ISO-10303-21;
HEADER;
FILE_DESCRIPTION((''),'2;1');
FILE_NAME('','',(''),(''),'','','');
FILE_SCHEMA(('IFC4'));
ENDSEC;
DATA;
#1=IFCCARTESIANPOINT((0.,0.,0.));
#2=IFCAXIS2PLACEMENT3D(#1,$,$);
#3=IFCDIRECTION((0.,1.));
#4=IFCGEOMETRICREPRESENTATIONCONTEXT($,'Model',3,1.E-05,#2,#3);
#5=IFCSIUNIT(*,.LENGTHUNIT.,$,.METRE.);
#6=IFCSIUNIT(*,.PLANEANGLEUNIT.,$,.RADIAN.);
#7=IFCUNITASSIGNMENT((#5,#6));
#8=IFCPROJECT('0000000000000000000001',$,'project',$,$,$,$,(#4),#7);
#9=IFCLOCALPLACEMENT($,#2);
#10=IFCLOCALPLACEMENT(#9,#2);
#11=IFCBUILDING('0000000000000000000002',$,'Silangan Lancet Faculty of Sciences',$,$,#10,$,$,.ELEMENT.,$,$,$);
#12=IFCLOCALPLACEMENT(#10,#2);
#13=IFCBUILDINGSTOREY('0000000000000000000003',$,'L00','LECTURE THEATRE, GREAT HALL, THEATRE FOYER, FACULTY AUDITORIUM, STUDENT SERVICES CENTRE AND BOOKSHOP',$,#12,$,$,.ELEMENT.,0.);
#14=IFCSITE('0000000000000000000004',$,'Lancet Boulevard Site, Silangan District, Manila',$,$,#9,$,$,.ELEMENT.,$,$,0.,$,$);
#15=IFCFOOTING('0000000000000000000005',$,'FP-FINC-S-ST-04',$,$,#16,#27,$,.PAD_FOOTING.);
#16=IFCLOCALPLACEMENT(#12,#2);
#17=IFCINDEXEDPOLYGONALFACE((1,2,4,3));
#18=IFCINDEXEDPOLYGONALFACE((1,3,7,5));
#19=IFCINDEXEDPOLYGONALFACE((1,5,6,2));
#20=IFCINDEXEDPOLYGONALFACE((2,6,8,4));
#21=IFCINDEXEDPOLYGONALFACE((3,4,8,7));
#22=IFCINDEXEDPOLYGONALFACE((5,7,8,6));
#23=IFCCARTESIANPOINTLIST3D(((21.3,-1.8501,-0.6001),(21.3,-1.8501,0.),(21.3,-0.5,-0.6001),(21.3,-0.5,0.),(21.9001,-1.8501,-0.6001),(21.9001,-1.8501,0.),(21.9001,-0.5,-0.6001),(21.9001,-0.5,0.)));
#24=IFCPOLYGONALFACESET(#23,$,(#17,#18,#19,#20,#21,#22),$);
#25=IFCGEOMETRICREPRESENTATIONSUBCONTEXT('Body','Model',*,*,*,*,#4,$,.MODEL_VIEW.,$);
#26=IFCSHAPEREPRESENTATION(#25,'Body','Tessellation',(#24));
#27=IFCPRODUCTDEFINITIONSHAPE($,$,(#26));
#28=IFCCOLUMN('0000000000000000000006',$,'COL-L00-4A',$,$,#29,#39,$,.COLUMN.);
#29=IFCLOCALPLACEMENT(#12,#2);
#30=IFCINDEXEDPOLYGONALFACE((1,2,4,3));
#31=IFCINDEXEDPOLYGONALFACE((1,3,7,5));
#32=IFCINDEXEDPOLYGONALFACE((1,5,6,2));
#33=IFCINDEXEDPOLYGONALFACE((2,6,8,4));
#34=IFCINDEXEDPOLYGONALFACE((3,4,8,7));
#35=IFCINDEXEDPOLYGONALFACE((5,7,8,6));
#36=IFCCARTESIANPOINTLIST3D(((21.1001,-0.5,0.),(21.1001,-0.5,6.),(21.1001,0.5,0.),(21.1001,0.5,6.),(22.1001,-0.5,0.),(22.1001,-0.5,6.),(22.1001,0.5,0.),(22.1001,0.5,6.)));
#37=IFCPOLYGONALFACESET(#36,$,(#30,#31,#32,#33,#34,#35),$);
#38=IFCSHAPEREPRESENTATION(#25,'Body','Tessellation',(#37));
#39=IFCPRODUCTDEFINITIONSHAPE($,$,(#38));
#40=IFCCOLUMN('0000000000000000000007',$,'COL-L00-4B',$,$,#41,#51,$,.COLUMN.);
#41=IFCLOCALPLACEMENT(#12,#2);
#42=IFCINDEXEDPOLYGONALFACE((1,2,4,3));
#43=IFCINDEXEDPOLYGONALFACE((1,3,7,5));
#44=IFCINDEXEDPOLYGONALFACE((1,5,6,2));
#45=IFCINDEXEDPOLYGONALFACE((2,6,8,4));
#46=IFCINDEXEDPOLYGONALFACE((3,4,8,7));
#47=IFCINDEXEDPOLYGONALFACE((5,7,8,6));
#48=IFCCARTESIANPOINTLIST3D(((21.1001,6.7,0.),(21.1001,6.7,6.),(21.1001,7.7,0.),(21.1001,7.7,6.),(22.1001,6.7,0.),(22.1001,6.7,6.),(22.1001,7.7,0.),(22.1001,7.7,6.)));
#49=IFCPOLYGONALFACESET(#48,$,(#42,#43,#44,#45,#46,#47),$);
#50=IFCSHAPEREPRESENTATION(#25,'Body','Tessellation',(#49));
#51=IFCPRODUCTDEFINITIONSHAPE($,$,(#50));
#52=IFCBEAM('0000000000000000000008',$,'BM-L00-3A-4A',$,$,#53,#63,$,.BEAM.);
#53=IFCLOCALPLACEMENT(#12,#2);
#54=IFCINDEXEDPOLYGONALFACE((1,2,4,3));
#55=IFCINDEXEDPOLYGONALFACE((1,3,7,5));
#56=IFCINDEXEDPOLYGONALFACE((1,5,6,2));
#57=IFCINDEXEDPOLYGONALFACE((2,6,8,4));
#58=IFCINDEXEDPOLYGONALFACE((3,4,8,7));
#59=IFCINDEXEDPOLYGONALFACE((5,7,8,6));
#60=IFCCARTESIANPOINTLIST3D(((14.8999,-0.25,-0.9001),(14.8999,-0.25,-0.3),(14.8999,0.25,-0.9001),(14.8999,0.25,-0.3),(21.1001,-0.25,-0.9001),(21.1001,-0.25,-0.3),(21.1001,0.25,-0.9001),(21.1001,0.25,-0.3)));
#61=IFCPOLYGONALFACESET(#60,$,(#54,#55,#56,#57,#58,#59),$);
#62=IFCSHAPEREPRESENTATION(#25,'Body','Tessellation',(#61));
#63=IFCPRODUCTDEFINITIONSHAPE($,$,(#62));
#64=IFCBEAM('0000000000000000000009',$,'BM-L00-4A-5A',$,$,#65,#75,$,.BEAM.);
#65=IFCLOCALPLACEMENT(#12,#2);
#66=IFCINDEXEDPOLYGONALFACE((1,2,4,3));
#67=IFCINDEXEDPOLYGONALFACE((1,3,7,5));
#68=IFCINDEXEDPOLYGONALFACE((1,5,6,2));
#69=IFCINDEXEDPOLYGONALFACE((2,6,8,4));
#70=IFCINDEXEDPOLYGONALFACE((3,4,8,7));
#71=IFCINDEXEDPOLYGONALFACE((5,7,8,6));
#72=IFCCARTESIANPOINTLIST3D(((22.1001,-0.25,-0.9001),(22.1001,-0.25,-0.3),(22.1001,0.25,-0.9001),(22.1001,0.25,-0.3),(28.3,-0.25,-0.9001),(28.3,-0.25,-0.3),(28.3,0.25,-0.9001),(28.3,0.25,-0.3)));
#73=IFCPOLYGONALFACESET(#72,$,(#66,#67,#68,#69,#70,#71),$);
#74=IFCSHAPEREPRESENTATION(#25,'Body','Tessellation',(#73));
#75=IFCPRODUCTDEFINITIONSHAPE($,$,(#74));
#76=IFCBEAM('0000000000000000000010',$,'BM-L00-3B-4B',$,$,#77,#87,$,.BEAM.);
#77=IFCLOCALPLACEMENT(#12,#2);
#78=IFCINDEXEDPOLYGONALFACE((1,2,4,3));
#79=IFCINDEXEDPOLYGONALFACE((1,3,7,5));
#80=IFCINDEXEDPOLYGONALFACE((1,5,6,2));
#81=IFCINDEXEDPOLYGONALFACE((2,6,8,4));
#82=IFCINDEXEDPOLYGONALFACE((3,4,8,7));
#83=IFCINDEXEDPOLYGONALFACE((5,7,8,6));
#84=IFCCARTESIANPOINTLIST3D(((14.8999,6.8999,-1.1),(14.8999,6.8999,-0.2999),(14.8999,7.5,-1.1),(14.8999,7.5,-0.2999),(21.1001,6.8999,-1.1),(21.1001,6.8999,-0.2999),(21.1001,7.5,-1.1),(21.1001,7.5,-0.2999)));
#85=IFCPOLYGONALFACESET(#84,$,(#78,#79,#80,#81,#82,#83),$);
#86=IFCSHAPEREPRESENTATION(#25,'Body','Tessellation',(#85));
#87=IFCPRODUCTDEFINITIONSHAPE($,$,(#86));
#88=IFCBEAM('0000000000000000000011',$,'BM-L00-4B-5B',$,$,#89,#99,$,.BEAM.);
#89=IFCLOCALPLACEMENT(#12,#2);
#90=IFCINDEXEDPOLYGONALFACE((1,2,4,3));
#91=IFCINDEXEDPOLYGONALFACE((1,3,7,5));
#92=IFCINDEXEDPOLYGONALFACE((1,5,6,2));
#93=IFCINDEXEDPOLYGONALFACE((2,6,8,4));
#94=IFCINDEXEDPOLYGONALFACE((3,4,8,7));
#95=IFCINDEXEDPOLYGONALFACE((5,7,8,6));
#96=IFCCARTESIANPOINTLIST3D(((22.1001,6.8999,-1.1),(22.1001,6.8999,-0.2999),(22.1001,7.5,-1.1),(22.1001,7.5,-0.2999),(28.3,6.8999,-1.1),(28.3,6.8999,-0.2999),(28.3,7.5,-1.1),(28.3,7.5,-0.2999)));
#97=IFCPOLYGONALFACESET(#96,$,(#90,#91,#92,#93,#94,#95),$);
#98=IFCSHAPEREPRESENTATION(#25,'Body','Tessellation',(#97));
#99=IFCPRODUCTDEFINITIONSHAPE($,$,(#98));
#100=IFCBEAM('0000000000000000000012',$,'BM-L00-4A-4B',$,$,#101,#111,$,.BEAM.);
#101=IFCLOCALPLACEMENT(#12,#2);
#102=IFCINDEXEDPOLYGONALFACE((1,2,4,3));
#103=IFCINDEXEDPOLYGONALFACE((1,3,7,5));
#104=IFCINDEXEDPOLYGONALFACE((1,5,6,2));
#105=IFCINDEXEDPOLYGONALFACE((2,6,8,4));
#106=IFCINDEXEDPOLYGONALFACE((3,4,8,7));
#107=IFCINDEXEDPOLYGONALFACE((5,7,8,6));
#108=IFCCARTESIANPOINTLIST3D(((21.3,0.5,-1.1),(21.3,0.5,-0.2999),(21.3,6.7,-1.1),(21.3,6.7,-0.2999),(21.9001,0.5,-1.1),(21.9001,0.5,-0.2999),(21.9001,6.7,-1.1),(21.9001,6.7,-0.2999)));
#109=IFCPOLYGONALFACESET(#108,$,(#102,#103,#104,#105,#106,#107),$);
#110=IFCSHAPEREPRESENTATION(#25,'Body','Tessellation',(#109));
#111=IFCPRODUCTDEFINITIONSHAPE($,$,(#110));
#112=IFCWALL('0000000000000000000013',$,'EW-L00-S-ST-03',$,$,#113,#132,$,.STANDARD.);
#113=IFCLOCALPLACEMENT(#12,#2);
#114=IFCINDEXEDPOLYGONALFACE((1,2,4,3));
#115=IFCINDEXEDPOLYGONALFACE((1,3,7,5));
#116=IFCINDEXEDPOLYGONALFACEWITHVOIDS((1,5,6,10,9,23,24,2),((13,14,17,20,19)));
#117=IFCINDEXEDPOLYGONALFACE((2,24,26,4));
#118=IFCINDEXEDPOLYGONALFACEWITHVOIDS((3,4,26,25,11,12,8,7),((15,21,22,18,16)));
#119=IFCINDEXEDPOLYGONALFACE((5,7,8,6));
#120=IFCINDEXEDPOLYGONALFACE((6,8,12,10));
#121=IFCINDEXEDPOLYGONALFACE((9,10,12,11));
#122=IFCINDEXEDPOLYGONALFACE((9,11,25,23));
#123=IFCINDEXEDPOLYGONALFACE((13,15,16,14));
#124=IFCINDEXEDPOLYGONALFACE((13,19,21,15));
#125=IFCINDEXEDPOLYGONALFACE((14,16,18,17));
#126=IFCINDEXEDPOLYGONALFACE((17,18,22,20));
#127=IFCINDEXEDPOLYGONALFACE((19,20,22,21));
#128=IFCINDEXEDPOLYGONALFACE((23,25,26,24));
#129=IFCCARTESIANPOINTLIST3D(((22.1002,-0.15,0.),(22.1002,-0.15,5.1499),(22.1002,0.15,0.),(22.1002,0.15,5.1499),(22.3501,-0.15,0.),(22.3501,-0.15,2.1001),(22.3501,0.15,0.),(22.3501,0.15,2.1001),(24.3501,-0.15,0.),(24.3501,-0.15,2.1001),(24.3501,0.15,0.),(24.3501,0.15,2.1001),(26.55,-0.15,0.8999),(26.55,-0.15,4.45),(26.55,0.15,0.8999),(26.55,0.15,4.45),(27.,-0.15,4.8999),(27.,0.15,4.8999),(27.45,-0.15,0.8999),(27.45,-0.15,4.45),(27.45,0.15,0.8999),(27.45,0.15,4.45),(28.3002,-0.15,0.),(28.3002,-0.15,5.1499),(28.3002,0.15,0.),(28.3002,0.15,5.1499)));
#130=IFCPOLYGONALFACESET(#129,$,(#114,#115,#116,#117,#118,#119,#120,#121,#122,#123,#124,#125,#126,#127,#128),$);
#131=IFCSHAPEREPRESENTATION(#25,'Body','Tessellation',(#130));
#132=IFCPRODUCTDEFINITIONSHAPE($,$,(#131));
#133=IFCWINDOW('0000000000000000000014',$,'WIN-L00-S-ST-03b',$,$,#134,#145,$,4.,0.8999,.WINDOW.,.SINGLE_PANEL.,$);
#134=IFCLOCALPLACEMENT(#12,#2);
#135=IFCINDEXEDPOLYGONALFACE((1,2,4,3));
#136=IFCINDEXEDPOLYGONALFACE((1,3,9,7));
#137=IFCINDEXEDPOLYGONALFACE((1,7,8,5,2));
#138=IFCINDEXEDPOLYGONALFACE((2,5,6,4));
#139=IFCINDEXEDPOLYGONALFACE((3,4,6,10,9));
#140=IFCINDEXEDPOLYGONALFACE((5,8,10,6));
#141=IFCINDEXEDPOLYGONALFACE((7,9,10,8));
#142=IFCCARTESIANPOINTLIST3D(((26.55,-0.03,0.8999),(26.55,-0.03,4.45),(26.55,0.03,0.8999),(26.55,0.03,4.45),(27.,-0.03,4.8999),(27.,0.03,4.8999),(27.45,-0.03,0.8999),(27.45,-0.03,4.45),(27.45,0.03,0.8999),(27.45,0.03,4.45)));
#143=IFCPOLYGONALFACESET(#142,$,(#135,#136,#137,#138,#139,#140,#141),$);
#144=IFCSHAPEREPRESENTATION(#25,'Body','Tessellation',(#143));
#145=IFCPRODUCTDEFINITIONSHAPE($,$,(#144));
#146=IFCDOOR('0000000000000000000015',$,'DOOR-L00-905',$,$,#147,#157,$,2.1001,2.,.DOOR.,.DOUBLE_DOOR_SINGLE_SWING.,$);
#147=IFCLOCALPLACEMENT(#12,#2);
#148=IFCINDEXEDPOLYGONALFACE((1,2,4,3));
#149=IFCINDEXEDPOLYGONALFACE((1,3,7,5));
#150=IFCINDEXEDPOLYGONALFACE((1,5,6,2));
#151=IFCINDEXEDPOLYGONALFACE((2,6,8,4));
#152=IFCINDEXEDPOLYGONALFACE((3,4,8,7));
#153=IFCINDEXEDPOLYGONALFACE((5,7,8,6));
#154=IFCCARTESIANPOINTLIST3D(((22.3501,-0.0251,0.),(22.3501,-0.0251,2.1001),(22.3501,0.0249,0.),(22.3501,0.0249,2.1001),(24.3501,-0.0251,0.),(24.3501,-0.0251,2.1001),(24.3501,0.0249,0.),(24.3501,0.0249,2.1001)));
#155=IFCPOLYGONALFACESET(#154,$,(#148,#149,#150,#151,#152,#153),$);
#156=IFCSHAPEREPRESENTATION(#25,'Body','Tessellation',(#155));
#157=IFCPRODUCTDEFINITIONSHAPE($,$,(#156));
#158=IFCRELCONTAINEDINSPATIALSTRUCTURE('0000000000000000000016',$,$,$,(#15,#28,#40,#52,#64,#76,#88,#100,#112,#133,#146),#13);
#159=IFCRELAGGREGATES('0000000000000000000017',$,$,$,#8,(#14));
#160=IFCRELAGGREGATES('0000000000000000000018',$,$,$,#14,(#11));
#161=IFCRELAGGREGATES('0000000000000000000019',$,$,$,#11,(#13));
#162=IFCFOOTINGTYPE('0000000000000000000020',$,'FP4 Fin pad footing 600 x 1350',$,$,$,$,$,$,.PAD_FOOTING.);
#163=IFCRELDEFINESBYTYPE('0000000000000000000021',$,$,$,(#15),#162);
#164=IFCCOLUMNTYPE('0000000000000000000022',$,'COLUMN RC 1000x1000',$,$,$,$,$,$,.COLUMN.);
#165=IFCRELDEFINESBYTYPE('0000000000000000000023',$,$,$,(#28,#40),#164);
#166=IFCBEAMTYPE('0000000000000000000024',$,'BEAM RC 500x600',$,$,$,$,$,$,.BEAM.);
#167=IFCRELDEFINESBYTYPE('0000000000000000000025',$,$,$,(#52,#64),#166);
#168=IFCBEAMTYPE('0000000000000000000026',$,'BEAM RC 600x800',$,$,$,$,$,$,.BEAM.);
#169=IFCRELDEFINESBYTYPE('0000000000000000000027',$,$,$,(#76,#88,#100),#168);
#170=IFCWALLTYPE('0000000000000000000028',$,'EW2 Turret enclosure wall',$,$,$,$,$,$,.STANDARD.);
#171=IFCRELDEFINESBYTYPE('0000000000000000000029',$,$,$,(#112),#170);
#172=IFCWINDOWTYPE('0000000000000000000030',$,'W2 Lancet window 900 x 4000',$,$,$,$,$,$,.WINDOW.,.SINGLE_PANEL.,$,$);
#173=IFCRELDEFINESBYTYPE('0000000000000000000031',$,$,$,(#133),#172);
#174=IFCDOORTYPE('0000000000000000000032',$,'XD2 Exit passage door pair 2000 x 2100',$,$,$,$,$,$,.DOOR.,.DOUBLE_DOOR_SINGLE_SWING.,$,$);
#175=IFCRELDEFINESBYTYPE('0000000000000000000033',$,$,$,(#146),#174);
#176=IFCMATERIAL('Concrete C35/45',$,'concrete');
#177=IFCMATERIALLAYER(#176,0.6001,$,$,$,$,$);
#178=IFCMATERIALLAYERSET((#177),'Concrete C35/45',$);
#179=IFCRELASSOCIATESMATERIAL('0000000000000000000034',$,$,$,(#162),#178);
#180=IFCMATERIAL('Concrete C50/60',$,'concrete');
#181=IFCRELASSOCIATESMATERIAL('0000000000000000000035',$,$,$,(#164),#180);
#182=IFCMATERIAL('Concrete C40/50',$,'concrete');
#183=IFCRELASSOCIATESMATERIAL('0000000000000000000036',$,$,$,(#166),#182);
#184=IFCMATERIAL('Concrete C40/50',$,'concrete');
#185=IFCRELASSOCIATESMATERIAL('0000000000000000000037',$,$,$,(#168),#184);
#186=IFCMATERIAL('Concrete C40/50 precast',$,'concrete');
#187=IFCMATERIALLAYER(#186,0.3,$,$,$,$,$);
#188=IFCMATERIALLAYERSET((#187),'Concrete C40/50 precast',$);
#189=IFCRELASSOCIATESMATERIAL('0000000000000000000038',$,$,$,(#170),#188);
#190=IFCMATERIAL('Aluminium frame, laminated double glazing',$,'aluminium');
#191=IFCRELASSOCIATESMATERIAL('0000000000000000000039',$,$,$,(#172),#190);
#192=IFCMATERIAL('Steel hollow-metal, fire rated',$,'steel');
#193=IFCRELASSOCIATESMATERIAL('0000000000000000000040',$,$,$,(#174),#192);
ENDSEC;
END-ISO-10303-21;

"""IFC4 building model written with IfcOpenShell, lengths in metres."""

from ifc_helpers import new_model, si_unit, direction, frame, frame_2d, origin, origin_2d, place, context, subcontext, project, spatial, polyline, rectangle, outline, extrude, material, layer, layer_set, material_profile, profile_set, type_object, element, fill, save


model = new_model("IFC4")

# Units and contexts
model_context = context("Model", 3, precision=1e-05, world=origin(), true_north=direction((0.0, 1.0)))
body_context = subcontext(model_context, "Body", "Model", "MODEL_VIEW")
ifc_project = project(units=[si_unit("LENGTHUNIT", "METRE"), si_unit("PLANEANGLEUNIT", "RADIAN")], contexts=[model_context])

# Site, building, storey
site_placement = place(None, origin())
site = spatial("IfcSite", under=ifc_project, at=site_placement, Name="Lancet Boulevard Site, Silangan District, Manila", CompositionType="ELEMENT", RefElevation=0.0)
building_placement = place(site_placement, origin())
building = spatial("IfcBuilding", under=site, at=building_placement, Name="Silangan Lancet Faculty of Sciences", CompositionType="ELEMENT")
storey_placement = place(building_placement, origin())
storey = spatial("IfcBuildingStorey", under=building, at=storey_placement, Name="L00", Description="LECTURE THEATRE, GREAT HALL, THEATRE FOYER, FACULTY AUDITORIUM, STUDENT SERVICES CENTRE AND BOOKSHOP", CompositionType="ELEMENT", Elevation=0.0)

# Footing
ifc_material_1 = material(Name="Concrete C35/45", Category="concrete")
ifc_layer_1 = layer(ifc_material_1, 0.6001)
ifc_layer_set_1 = layer_set([ifc_layer_1], Name="Concrete C35/45")
footing_type = type_object("IfcFootingType", Name="FP4 Fin pad footing 600 x 1350", PredefinedType="PAD_FOOTING", material=ifc_layer_set_1)
footing_placement = place(storey_placement, frame((21.6001, -1.175, -0.6001), z_axis=(0.0, 0.0, 1.0), x_axis=(1.0, 0.0, 0.0)))
element("IfcFooting", 1, at=footing_placement, inside=storey, type_object=footing_type, Name="FP-FINC-S-ST-04", PredefinedType="PAD_FOOTING", context=body_context, shape_type="SweptSolid", body=[
    extrude(rectangle(XDim=0.6001, YDim=1.3501, at=origin_2d()), origin(), (0.0, 0.0, 1.0), 0.6001),
])

# Columns
ifc_material_2 = material(Name="Concrete C50/60", Category="concrete")
ifc_material_profile_1 = material_profile(ifc_material_2, rectangle(XDim=1.0, YDim=1.0, at=origin_2d()), Name="RC 1000x1000")
ifc_profile_set_1 = profile_set([ifc_material_profile_1], Name="Concrete C50/60")
column_type = type_object("IfcColumnType", Name="COLUMN RC 1000x1000", PredefinedType="COLUMN", material=ifc_profile_set_1)
for number, where, z_axis, x_axis, name in (
    (2, (21.6001, 0.0, 0.0), (0.0, 0.0, 1.0), (1.0, 0.0, 0.0), "COL-L00-4A"),
    (3, (21.6001, 7.2, 0.0), (0.0, 0.0, 1.0), (1.0, 0.0, 0.0), "COL-L00-4B"),
):
    element("IfcColumn", number, at=place(storey_placement, frame(where, z_axis=z_axis, x_axis=x_axis)), inside=storey, type_object=column_type, Name=name, PredefinedType="COLUMN", context=body_context, shape_type="SweptSolid", body=[
        extrude(rectangle(XDim=1.0, YDim=1.0, at=origin_2d()), origin(), (0.0, 0.0, 1.0), 6.0),
    ])

# Beams
ifc_material_3 = material(Name="Concrete C40/50", Category="concrete")
ifc_material_profile_2 = material_profile(ifc_material_3, rectangle(XDim=0.5, YDim=0.6001, at=origin_2d()), Name="RC 500x600")
ifc_profile_set_2 = profile_set([ifc_material_profile_2], Name="Concrete C40/50")
beam_type_1 = type_object("IfcBeamType", Name="BEAM RC 500x600", PredefinedType="BEAM", material=ifc_profile_set_2)
beam_1_placement = place(storey_placement, frame((14.8999, 0.0, -0.6001), z_axis=(1.0, 0.0, 0.0), x_axis=(0.0, 1.0, 0.0)))
element("IfcBeam", 4, at=beam_1_placement, inside=storey, type_object=beam_type_1, Name="BM-L00-3A-4A", PredefinedType="BEAM", context=body_context, shape_type="SweptSolid", body=[
    extrude(rectangle(XDim=0.5, YDim=0.6001, at=origin_2d()), origin(), (0.0, 0.0, 1.0), 6.2002),
])
beam_2_placement = place(storey_placement, frame((22.1001, 0.0, -0.6001), z_axis=(1.0, 0.0, 0.0), x_axis=(0.0, 1.0, 0.0)))
element("IfcBeam", 5, at=beam_2_placement, inside=storey, type_object=beam_type_1, Name="BM-L00-4A-5A", PredefinedType="BEAM", context=body_context, shape_type="SweptSolid", body=[
    extrude(rectangle(XDim=0.5, YDim=0.6001, at=origin_2d()), origin(), (0.0, 0.0, 1.0), 6.2),
])
ifc_material_4 = material(Name="Concrete C40/50", Category="concrete")
ifc_material_profile_3 = material_profile(ifc_material_4, rectangle(XDim=0.6001, YDim=0.8, at=origin_2d()), Name="RC 600x800")
ifc_profile_set_3 = profile_set([ifc_material_profile_3], Name="Concrete C40/50")
beam_type_2 = type_object("IfcBeamType", Name="BEAM RC 600x800", PredefinedType="BEAM", material=ifc_profile_set_3)
beam_3_placement = place(storey_placement, frame((14.8999, 7.2, -0.7), z_axis=(1.0, 0.0, 0.0), x_axis=(0.0, 1.0, 0.0)))
element("IfcBeam", 6, at=beam_3_placement, inside=storey, type_object=beam_type_2, Name="BM-L00-3B-4B", PredefinedType="BEAM", context=body_context, shape_type="SweptSolid", body=[
    extrude(rectangle(XDim=0.6001, YDim=0.8, at=origin_2d()), origin(), (0.0, 0.0, 1.0), 6.2002),
])
for number, where, z_axis, x_axis, name in (
    (7, (22.1001, 7.2, -0.7), (1.0, 0.0, 0.0), (0.0, 1.0, 0.0), "BM-L00-4B-5B"),
    (8, (21.6001, 0.5, -0.7), (0.0, 1.0, 0.0), (-1.0, 0.0, 0.0), "BM-L00-4A-4B"),
):
    element("IfcBeam", number, at=place(storey_placement, frame(where, z_axis=z_axis, x_axis=x_axis)), inside=storey, type_object=beam_type_2, Name=name, PredefinedType="BEAM", context=body_context, shape_type="SweptSolid", body=[
        extrude(rectangle(XDim=0.6001, YDim=0.8, at=origin_2d()), origin(), (0.0, 0.0, 1.0), 6.2),
    ])

# Wall, openings, window, door
ifc_material_5 = material(Name="Concrete C40/50 precast", Category="concrete")
ifc_layer_2 = layer(ifc_material_5, 0.3)
ifc_layer_set_2 = layer_set([ifc_layer_2], Name="Concrete C40/50 precast")
wall_type_1 = type_object("IfcWallType", Name="EW2 Turret enclosure wall", PredefinedType="STANDARD", material=ifc_layer_set_2)
wall_1_placement = place(storey_placement, frame((22.1001, 0.0, 0.0), z_axis=(0.0, 0.0, 1.0), x_axis=(1.0, 0.0, 0.0)))
wall_1 = element("IfcWall", 9, at=wall_1_placement, inside=storey, type_object=wall_type_1, Name="EW-L00-S-ST-03", PredefinedType="STANDARD", context=body_context, shape_type="SweptSolid", body=[
    extrude(rectangle(XDim=6.2, YDim=0.3, at=frame_2d((3.1001, 0.0))), origin(), (0.0, 0.0, 1.0), 5.1499),
])
opening_1_placement = place(wall_1_placement, frame((0.25, 0.0, 0.0)))
opening_1 = element("IfcOpeningElement", 10, at=opening_1_placement, cuts=wall_1, PredefinedType="OPENING", context=body_context, shape_type="SweptSolid", body=[
    extrude(rectangle(XDim=2.0, YDim=2.1001, at=frame_2d((1.0, 1.05))), frame((0.0, 0.1599, 0.0), z_axis=(0.0, -1.0, 0.0), x_axis=(1.0, 0.0, 0.0)), (0.0, 0.0, 1.0), 0.3201),
])
opening_2_placement = place(wall_1_placement, frame((4.45, 0.0, 0.8999)))
opening_2 = element("IfcOpeningElement", 11, at=opening_2_placement, cuts=wall_1, PredefinedType="OPENING", context=body_context, shape_type="SweptSolid", body=[
    extrude(outline(polyline([(0.0, 0.0), (0.8999, 0.0), (0.8999, 3.55), (0.45, 4.0), (0.0, 3.55), (0.0, 0.0)])), frame((0.0, 0.1599, 0.0), z_axis=(0.0, -1.0, 0.0), x_axis=(1.0, 0.0, 0.0)), (0.0, 0.0, 1.0), 0.3201),
])
ifc_material_6 = material(Name="Aluminium frame, laminated double glazing", Category="aluminium")
window_type_1 = type_object("IfcWindowType", Name="W2 Lancet window 900 x 4000", PartitioningType="SINGLE_PANEL", PredefinedType="WINDOW", material=ifc_material_6)
window_1_placement = place(opening_2_placement, origin())
window_1 = element("IfcWindow", 12, at=window_1_placement, inside=storey, type_object=window_type_1, Name="WIN-L00-S-ST-03b", OverallHeight=4.0, OverallWidth=0.8999, PartitioningType="SINGLE_PANEL", PredefinedType="WINDOW", context=body_context, shape_type="SweptSolid", body=[
    extrude(outline(polyline([(0.0, 0.0), (0.8999, 0.0), (0.8999, 3.55), (0.45, 4.0), (0.0, 3.55), (0.0, 0.0)])), frame((0.0, 0.03, 0.0), z_axis=(0.0, -1.0, 0.0), x_axis=(1.0, 0.0, 0.0)), (0.0, 0.0, 1.0), 0.0601),
])
fill(opening_2, window_1)
ifc_material_7 = material(Name="Steel hollow-metal, fire rated", Category="steel")
door_type_1 = type_object("IfcDoorType", Name="XD2 Exit passage door pair 2000 x 2100", OperationType="DOUBLE_DOOR_SINGLE_SWING", PredefinedType="DOOR", material=ifc_material_7)
door_1_placement = place(opening_1_placement, frame((2.0, 0.0, 0.0), z_axis=(0.0, 0.0, 1.0), x_axis=(-1.0, 0.0, 0.0)))
door_1 = element("IfcDoor", 13, at=door_1_placement, inside=storey, type_object=door_type_1, Name="DOOR-L00-905", OperationType="DOUBLE_DOOR_SINGLE_SWING", OverallHeight=2.1001, OverallWidth=2.0, PredefinedType="DOOR", context=body_context, shape_type="SweptSolid", body=[
    extrude(rectangle(XDim=2.0, YDim=2.1001, at=frame_2d((1.0, 1.05))), frame((0.0, 0.0251, 0.0), z_axis=(0.0, -1.0, 0.0), x_axis=(1.0, 0.0, 0.0)), (0.0, 0.0, 1.0), 0.05),
])
fill(opening_1, door_1)

save(model, "model.ifc")
